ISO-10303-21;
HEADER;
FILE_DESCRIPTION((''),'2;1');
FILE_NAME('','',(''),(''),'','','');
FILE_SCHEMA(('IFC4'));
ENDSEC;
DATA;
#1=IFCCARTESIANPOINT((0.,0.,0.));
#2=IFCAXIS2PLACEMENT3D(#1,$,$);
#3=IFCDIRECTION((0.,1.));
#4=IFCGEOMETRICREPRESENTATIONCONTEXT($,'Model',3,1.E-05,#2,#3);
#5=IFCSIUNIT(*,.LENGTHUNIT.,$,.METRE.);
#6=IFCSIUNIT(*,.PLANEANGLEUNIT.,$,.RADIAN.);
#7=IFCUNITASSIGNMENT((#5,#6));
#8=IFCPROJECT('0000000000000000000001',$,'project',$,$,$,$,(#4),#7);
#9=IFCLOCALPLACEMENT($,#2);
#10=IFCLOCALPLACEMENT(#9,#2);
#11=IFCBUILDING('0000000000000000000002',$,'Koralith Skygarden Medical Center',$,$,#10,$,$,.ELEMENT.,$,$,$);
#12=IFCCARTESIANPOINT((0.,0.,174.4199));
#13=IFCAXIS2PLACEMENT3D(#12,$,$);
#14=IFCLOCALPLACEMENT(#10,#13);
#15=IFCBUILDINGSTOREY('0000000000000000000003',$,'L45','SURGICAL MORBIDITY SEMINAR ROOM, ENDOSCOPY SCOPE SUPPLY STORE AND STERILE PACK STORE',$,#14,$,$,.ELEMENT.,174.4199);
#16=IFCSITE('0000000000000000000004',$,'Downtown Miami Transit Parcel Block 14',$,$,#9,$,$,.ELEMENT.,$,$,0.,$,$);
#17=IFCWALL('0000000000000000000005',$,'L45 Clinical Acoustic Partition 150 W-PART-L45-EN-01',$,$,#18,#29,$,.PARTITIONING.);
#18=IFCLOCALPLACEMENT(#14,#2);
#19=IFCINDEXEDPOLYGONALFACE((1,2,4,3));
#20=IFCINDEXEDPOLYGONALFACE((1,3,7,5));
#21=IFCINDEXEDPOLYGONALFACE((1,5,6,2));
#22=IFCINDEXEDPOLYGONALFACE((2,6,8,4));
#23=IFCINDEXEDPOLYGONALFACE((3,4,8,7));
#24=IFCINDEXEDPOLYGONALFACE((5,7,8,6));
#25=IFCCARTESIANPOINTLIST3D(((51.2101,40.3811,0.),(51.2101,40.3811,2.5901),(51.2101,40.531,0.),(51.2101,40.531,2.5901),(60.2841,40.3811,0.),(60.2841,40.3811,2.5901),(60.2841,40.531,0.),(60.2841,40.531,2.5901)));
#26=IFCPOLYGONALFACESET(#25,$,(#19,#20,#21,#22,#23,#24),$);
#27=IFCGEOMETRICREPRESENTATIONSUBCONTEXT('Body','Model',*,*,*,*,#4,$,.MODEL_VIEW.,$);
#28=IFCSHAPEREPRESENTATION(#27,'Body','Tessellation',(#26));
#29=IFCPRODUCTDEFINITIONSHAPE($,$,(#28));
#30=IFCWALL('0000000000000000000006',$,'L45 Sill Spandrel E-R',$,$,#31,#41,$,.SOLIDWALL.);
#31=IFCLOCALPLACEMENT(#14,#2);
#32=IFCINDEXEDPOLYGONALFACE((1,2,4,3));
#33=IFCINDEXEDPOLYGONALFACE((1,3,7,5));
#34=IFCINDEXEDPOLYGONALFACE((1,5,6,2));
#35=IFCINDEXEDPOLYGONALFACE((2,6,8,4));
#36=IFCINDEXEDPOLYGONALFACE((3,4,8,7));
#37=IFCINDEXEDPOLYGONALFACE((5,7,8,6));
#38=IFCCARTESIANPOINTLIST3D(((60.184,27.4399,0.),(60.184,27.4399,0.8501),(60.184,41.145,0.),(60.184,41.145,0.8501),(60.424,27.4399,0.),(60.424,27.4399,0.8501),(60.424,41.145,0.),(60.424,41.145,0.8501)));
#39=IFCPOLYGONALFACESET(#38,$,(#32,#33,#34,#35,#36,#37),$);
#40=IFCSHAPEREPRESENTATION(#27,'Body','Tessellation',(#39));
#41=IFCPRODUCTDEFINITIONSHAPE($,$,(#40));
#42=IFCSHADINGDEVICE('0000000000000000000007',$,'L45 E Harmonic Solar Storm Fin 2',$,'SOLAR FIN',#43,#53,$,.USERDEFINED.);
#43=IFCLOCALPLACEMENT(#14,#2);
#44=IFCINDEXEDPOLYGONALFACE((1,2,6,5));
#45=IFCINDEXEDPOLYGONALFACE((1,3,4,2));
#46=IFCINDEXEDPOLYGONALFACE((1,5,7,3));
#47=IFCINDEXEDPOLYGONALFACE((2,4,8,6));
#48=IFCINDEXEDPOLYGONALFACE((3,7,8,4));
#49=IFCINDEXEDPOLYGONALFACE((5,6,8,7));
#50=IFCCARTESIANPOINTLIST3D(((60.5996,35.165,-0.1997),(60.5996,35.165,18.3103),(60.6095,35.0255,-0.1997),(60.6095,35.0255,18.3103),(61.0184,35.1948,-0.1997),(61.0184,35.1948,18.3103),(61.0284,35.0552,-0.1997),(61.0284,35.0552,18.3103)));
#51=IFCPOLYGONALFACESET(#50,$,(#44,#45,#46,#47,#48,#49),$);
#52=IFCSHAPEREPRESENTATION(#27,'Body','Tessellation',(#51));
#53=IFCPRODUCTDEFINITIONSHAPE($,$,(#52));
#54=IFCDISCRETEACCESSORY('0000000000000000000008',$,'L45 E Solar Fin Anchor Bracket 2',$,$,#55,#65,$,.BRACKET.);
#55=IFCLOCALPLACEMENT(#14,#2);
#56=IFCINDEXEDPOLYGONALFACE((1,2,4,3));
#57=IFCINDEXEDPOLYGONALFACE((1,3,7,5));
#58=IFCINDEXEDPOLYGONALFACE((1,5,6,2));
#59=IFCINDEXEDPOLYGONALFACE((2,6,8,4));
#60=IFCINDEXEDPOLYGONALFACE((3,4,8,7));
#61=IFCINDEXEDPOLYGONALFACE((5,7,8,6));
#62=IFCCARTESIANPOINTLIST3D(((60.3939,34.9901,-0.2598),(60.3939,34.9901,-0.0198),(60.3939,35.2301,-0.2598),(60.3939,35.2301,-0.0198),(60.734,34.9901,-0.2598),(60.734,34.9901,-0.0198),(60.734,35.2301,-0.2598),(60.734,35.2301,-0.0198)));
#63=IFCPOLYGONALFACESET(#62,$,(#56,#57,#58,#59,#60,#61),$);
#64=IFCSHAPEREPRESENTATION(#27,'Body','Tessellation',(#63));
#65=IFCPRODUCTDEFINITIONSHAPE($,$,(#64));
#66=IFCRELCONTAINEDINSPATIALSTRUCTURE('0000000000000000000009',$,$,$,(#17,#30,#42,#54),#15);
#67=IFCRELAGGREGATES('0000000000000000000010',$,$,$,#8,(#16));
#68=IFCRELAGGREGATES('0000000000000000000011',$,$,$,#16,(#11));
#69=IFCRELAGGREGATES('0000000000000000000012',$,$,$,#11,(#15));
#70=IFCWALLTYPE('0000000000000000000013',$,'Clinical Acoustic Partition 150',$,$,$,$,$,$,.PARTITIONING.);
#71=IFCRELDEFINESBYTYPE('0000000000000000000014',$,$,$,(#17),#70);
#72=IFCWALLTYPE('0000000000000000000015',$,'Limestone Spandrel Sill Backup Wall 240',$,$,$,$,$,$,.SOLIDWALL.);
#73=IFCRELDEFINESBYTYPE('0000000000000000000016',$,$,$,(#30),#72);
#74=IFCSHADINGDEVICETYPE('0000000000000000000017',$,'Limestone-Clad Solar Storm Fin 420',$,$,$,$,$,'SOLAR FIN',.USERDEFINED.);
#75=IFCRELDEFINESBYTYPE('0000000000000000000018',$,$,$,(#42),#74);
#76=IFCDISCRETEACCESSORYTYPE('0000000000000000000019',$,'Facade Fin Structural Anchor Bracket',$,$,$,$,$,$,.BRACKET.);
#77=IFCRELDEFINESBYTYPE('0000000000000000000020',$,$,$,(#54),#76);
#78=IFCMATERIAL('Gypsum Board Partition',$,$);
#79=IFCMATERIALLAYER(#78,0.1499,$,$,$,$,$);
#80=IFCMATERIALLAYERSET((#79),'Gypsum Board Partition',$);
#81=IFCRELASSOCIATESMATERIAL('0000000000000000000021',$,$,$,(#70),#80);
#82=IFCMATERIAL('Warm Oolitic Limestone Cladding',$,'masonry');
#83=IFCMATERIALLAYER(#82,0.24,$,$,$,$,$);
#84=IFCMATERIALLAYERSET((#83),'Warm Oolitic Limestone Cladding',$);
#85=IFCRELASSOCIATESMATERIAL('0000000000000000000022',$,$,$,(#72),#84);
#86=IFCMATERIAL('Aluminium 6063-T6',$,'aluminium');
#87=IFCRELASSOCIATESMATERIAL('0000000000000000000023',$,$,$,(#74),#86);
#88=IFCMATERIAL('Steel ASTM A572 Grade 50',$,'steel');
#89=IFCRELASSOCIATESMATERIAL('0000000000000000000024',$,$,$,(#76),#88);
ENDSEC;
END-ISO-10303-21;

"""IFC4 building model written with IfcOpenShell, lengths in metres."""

from ifc_helpers import new_model, si_unit, direction, frame, frame_2d, origin, origin_2d, place, context, subcontext, project, spatial, rectangle, extrude, material, layer, layer_set, type_object, element, save


model = new_model("IFC4")

# Units and contexts
model_context = context("Model", 3, precision=1e-05, world=origin(), true_north=direction((0.0, 1.0)))
body_context = subcontext(model_context, "Body", "Model", "MODEL_VIEW")
ifc_project = project(units=[si_unit("LENGTHUNIT", "METRE"), si_unit("PLANEANGLEUNIT", "RADIAN")], contexts=[model_context])

# Site, building, storey
site_placement = place(None, origin())
site = spatial("IfcSite", under=ifc_project, at=site_placement, Name="Downtown Miami Transit Parcel Block 14", CompositionType="ELEMENT", RefElevation=0.0)
building_placement = place(site_placement, origin())
building = spatial("IfcBuilding", under=site, at=building_placement, Name="Koralith Skygarden Medical Center", CompositionType="ELEMENT")
storey_placement = place(building_placement, frame((0.0, 0.0, 174.4199)))
storey = spatial("IfcBuildingStorey", under=building, at=storey_placement, Name="L45", Description="SURGICAL MORBIDITY SEMINAR ROOM, ENDOSCOPY SCOPE SUPPLY STORE AND STERILE PACK STORE", CompositionType="ELEMENT", Elevation=174.4199)

# Shared definitions
ifc_material_1 = material(Name="Aluminium 6063-T6", Category="aluminium")

# Shared definitions
ifc_material_2 = material(Name="Warm Oolitic Limestone Cladding", Category="masonry")

# Wall
ifc_material_3 = material(Name="Gypsum Board Partition")
ifc_layer_1 = layer(ifc_material_3, 0.1499)
ifc_layer_set_1 = layer_set([ifc_layer_1], Name="Gypsum Board Partition")
wall_type_1 = type_object("IfcWallType", Name="Clinical Acoustic Partition 150", PredefinedType="PARTITIONING", material=ifc_layer_set_1)
wall_1_placement = place(storey_placement, frame((51.21, 40.4561, 0.0), z_axis=(0.0, 0.0, 1.0), x_axis=(1.0, 0.0, 0.0)))
element("IfcWall", 1, at=wall_1_placement, inside=storey, type_object=wall_type_1, Name="L45 Clinical Acoustic Partition 150 W-PART-L45-EN-01", PredefinedType="PARTITIONING", context=body_context, shape_type="SweptSolid", body=[
    extrude(rectangle(XDim=9.074, YDim=0.1499, at=frame_2d((4.5371, 0.0))), origin(), (0.0, 0.0, 1.0), 2.5901),
])

# Wall
ifc_layer_2 = layer(ifc_material_2, 0.24)
ifc_layer_set_2 = layer_set([ifc_layer_2], Name="Warm Oolitic Limestone Cladding")
wall_type_2 = type_object("IfcWallType", Name="Limestone Spandrel Sill Backup Wall 240", PredefinedType="SOLIDWALL", material=ifc_layer_set_2)
wall_2_placement = place(storey_placement, frame((60.304, 27.4399, 0.0), z_axis=(0.0, 0.0, 1.0), x_axis=(0.0, 1.0, 0.0)))
element("IfcWall", 2, at=wall_2_placement, inside=storey, type_object=wall_type_2, Name="L45 Sill Spandrel E-R", PredefinedType="SOLIDWALL", context=body_context, shape_type="SweptSolid", body=[
    extrude(rectangle(XDim=13.7051, YDim=0.24, at=frame_2d((6.8525, 0.0))), origin(), (0.0, 0.0, 1.0), 0.8501),
])

# Shading device
shading_device_type = type_object("IfcShadingDeviceType", Name="Limestone-Clad Solar Storm Fin 420", ElementType="SOLAR FIN", PredefinedType="USERDEFINED", material=ifc_material_1)
shading_device_placement = place(storey_placement, frame((60.814, 35.1101, -0.1997), z_axis=(0.0, 0.0, 1.0), x_axis=(0.997487, 0.070853, 0.0)))
element("IfcShadingDevice", 3, at=shading_device_placement, inside=storey, type_object=shading_device_type, Name="L45 E Harmonic Solar Storm Fin 2", ObjectType="SOLAR FIN", PredefinedType="USERDEFINED", context=body_context, shape_type="SweptSolid", body=[
    extrude(rectangle(XDim=0.4199, YDim=0.1399, at=origin_2d()), origin(), (0.0, 0.0, 1.0), 18.51),
])

# Discrete accessory
ifc_material_4 = material(Name="Steel ASTM A572 Grade 50", Category="steel")
discrete_accessory_type = type_object("IfcDiscreteAccessoryType", Name="Facade Fin Structural Anchor Bracket", PredefinedType="BRACKET", material=ifc_material_4)
discrete_accessory_placement = place(storey_placement, frame((60.564, 35.1101, -0.2598), z_axis=(0.0, 0.0, 1.0), x_axis=(1.0, 0.0, 0.0)))
element("IfcDiscreteAccessory", 4, at=discrete_accessory_placement, inside=storey, type_object=discrete_accessory_type, Name="L45 E Solar Fin Anchor Bracket 2", PredefinedType="BRACKET", context=body_context, shape_type="SweptSolid", body=[
    extrude(rectangle(XDim=0.3401, YDim=0.24, at=origin_2d()), origin(), (0.0, 0.0, 1.0), 0.24),
])

save(model, "model.ifc")
